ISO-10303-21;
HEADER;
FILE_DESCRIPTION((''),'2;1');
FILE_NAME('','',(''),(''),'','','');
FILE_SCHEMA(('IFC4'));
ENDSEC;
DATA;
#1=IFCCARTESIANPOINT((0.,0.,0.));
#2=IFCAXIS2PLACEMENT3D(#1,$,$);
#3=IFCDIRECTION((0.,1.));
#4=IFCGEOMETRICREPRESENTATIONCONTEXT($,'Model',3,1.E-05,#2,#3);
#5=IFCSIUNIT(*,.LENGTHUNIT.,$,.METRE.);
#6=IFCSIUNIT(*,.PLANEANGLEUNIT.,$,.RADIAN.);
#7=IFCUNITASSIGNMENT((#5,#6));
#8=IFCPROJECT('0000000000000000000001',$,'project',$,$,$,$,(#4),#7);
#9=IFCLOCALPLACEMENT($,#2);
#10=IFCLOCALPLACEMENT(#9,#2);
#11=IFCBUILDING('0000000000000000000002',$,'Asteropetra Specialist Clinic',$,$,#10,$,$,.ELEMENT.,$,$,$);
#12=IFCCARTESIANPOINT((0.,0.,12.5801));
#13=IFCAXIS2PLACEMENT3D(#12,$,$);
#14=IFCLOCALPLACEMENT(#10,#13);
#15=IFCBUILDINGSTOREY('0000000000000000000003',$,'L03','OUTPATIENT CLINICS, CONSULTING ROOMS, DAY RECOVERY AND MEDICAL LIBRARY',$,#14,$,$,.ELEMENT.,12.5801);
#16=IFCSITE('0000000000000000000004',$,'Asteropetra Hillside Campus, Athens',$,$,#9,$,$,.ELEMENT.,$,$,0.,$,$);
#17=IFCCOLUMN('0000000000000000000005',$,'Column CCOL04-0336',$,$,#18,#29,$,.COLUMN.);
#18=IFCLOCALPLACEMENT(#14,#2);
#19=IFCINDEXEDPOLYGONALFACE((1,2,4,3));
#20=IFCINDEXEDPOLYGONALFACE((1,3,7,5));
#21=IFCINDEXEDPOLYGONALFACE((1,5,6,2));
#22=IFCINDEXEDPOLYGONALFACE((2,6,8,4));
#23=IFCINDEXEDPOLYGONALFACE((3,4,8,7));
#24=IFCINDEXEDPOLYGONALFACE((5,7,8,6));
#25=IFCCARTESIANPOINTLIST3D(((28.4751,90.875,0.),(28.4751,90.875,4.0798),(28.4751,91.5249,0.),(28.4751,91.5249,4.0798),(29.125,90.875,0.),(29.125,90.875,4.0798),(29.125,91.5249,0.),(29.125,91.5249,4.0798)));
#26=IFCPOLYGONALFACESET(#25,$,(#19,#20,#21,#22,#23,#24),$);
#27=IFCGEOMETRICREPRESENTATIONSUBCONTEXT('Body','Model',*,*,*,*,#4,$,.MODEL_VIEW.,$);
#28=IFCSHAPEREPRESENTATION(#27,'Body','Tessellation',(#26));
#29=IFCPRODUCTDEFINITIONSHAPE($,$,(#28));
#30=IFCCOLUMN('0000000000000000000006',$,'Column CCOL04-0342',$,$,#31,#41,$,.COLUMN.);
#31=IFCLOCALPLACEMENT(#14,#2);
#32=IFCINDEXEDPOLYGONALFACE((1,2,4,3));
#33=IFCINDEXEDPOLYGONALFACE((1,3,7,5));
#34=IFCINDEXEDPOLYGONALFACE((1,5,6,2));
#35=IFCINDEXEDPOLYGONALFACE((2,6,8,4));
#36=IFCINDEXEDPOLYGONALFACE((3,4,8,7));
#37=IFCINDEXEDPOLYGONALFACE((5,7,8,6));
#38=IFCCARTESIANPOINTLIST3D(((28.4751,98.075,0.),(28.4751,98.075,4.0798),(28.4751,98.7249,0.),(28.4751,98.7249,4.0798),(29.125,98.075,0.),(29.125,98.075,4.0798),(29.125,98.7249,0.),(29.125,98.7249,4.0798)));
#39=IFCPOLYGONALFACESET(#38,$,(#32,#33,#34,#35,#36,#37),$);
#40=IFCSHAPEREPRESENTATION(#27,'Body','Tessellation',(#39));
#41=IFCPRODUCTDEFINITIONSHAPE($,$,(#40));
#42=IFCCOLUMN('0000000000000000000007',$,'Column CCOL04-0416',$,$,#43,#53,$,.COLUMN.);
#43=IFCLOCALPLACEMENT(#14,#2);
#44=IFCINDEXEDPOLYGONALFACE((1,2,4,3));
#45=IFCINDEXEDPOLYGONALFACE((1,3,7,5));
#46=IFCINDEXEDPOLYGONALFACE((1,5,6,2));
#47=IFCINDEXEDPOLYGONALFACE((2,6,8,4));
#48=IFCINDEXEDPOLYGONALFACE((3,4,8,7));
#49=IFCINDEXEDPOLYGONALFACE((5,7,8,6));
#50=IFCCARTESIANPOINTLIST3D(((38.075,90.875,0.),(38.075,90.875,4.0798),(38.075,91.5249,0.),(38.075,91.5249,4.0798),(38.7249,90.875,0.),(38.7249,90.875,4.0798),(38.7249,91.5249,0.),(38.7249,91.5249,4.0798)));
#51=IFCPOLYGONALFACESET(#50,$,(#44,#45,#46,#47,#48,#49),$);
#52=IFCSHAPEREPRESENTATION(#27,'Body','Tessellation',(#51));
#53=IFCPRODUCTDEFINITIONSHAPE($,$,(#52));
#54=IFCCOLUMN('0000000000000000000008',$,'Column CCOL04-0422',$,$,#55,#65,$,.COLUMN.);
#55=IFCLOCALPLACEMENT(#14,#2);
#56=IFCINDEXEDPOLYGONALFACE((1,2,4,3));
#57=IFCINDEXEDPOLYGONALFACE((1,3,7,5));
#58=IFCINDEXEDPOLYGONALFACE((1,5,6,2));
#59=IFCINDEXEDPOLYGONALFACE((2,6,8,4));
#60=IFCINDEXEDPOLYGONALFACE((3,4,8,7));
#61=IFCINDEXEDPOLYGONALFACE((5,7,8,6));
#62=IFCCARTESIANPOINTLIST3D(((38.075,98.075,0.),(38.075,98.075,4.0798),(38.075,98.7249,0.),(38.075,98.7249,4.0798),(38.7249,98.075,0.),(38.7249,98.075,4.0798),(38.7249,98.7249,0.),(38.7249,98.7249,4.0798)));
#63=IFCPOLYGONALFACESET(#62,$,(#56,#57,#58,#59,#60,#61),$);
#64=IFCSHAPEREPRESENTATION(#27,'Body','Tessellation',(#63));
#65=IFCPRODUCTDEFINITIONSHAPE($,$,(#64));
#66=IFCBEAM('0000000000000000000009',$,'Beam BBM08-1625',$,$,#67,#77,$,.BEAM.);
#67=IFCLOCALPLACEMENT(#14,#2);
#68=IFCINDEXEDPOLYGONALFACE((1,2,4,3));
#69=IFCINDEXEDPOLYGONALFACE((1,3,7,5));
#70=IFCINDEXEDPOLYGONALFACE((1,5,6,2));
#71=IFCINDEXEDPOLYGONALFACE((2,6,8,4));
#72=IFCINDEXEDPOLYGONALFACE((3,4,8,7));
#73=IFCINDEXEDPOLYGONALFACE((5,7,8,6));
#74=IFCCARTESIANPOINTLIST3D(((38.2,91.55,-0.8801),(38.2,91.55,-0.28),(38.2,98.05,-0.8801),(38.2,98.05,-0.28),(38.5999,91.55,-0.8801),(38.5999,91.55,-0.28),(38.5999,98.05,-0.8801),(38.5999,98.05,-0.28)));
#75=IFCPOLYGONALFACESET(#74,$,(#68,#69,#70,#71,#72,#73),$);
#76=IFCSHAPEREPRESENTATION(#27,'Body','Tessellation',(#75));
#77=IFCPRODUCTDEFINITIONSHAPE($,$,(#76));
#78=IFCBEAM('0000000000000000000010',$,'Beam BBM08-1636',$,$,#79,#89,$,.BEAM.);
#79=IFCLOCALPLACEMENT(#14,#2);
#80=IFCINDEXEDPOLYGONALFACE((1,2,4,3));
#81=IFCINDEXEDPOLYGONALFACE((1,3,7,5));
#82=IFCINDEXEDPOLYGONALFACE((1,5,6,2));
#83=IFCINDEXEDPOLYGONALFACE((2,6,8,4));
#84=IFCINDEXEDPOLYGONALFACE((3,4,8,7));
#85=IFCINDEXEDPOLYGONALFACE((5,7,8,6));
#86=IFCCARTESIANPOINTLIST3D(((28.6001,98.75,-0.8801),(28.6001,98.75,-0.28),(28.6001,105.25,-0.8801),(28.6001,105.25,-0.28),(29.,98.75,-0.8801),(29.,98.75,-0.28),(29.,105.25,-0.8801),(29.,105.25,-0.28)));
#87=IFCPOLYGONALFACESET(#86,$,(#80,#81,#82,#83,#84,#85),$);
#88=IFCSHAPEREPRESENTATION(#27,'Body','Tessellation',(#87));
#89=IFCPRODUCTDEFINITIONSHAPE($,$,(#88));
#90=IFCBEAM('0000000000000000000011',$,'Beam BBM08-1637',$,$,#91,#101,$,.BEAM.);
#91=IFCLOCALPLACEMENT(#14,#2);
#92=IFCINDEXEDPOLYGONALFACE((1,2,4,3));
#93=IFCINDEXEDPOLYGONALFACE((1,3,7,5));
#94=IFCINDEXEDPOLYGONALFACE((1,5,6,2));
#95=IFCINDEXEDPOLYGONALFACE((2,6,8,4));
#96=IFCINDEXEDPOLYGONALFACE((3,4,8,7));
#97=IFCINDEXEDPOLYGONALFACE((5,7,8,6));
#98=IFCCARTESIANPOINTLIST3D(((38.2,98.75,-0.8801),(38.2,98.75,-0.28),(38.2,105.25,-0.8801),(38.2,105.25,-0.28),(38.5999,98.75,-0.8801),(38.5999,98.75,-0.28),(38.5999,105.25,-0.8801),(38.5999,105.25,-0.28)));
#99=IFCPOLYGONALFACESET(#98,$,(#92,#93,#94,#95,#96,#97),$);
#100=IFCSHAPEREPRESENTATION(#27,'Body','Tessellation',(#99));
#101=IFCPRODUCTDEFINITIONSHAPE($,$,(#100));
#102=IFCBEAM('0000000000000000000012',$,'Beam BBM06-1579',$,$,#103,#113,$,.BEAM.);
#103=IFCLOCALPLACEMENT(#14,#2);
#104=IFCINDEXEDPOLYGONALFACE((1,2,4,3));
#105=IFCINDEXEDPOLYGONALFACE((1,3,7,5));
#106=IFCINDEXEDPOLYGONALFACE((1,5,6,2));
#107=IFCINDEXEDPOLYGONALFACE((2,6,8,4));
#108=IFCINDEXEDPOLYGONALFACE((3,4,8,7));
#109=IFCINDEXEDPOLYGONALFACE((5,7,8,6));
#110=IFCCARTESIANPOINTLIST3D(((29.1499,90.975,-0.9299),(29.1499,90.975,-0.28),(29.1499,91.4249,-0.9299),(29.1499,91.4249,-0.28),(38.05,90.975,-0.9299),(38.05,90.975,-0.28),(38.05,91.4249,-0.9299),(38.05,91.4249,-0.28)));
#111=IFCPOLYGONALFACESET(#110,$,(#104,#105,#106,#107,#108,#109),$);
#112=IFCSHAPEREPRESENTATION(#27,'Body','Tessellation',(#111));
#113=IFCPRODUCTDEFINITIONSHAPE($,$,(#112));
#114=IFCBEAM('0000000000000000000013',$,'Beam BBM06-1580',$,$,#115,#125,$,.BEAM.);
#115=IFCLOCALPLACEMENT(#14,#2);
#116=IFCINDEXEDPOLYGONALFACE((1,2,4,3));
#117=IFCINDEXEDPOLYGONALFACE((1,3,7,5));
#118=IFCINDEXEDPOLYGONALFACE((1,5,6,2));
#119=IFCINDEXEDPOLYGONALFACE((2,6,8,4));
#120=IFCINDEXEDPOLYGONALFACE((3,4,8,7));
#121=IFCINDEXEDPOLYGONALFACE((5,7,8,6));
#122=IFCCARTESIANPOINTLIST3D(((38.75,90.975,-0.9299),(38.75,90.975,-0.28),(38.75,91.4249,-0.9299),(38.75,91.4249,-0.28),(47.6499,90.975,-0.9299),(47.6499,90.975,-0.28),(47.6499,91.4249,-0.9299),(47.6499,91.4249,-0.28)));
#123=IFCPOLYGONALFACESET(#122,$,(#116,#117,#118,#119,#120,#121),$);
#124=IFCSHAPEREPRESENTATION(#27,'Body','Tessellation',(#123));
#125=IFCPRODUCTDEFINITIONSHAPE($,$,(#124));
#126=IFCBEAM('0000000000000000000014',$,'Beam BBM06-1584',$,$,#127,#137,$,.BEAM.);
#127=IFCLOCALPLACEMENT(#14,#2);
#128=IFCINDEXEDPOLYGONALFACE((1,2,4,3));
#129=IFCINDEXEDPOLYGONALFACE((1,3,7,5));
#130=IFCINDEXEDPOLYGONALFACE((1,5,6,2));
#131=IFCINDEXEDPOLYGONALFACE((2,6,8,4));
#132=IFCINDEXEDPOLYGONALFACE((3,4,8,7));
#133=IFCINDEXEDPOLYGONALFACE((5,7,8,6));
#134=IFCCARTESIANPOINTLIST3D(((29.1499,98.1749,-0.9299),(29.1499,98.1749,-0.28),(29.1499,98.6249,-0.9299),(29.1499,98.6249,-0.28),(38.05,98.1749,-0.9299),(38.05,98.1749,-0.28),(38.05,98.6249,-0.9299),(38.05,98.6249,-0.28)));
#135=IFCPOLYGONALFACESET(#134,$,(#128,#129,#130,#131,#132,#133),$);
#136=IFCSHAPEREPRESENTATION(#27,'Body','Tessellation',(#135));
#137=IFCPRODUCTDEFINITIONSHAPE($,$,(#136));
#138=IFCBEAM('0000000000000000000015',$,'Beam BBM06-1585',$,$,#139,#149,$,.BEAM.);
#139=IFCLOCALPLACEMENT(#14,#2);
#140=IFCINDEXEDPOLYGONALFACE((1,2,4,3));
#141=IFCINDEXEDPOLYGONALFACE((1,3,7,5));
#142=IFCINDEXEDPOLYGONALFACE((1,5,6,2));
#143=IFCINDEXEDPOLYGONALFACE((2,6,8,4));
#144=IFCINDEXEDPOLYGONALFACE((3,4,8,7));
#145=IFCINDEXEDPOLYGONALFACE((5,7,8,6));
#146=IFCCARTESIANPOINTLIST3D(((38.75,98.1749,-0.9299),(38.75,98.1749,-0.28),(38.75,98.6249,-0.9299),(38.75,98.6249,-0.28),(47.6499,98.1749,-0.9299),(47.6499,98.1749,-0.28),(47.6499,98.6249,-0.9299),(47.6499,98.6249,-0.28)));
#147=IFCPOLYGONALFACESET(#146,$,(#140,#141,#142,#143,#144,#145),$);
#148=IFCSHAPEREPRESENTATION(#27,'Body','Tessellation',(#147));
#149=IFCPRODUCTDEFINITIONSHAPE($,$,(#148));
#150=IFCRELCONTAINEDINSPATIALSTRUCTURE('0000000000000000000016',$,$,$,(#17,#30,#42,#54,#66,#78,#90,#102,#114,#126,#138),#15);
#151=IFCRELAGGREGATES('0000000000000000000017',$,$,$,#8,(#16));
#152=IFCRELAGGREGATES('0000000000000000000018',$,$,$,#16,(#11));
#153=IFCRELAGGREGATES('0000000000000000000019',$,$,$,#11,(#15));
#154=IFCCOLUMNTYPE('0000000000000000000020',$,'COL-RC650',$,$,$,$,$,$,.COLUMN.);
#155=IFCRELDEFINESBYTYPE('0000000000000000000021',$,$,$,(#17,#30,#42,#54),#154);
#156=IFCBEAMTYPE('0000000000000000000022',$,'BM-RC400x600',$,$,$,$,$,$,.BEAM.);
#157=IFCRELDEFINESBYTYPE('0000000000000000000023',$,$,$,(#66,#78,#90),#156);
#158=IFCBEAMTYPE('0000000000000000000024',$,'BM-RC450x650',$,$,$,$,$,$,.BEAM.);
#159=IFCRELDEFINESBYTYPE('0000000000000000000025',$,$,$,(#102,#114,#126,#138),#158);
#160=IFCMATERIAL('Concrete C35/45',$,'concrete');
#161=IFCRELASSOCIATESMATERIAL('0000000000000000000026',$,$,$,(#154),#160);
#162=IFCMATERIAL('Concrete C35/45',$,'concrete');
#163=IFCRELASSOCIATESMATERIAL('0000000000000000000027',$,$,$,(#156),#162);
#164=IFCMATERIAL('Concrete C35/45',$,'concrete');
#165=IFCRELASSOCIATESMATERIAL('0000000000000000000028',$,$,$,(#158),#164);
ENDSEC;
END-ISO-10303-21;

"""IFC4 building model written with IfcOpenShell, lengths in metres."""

from ifc_helpers import new_model, si_unit, direction, frame, origin, origin_2d, place, context, subcontext, project, spatial, rectangle, extrude, material, material_profile, profile_set, type_object, element, save


model = new_model("IFC4")

# Units and contexts
model_context = context("Model", 3, precision=1e-05, world=origin(), true_north=direction((0.0, 1.0)))
body_context = subcontext(model_context, "Body", "Model", "MODEL_VIEW")
ifc_project = project(units=[si_unit("LENGTHUNIT", "METRE"), si_unit("PLANEANGLEUNIT", "RADIAN")], contexts=[model_context])

# Site, building, storey
site_placement = place(None, origin())
site = spatial("IfcSite", under=ifc_project, at=site_placement, Name="Asteropetra Hillside Campus, Athens", CompositionType="ELEMENT", RefElevation=0.0)
building_placement = place(site_placement, origin())
building = spatial("IfcBuilding", under=site, at=building_placement, Name="Asteropetra Specialist Clinic", CompositionType="ELEMENT")
storey_placement = place(building_placement, frame((0.0, 0.0, 12.5801)))
storey = spatial("IfcBuildingStorey", under=building, at=storey_placement, Name="L03", Description="OUTPATIENT CLINICS, CONSULTING ROOMS, DAY RECOVERY AND MEDICAL LIBRARY", CompositionType="ELEMENT", Elevation=12.5801)

# Columns
ifc_material_1 = material(Name="Concrete C35/45", Category="concrete")
ifc_material_profile_1 = material_profile(ifc_material_1, rectangle(XDim=0.6499, YDim=0.6499, at=origin_2d()), Name="RC 650x650")
ifc_profile_set_1 = profile_set([ifc_material_profile_1], Name="Concrete C35/45")
column_type = type_object("IfcColumnType", Name="COL-RC650", PredefinedType="COLUMN", material=ifc_profile_set_1)
for number, where, z_axis, x_axis, name in (
    (1, (28.8, 91.2, 0.0), (0.0, 0.0, 1.0), (1.0, 0.0, 0.0), "Column CCOL04-0336"),
    (2, (28.8, 98.3999, 0.0), (0.0, 0.0, 1.0), (1.0, 0.0, 0.0), "Column CCOL04-0342"),
    (3, (38.3999, 91.2, 0.0), (0.0, 0.0, 1.0), (1.0, 0.0, 0.0), "Column CCOL04-0416"),
    (4, (38.3999, 98.3999, 0.0), (0.0, 0.0, 1.0), (1.0, 0.0, 0.0), "Column CCOL04-0422"),
):
    element("IfcColumn", number, at=place(storey_placement, frame(where, z_axis=z_axis, x_axis=x_axis)), inside=storey, type_object=column_type, Name=name, PredefinedType="COLUMN", context=body_context, shape_type="SweptSolid", body=[
        extrude(rectangle(XDim=0.6499, YDim=0.6499, at=origin_2d()), origin(), (0.0, 0.0, 1.0), 4.0798),
    ])

# Beams
ifc_material_2 = material(Name="Concrete C35/45", Category="concrete")
ifc_material_profile_2 = material_profile(ifc_material_2, rectangle(XDim=0.3999, YDim=0.6001, at=origin_2d()), Name="RCB 400x600")
ifc_profile_set_2 = profile_set([ifc_material_profile_2], Name="Concrete C35/45")
beam_type_1 = type_object("IfcBeamType", Name="BM-RC400x600", PredefinedType="BEAM", material=ifc_profile_set_2)
for number, where, z_axis, x_axis, name in (
    (5, (38.3999, 91.55, -0.5801), (0.0, 1.0, 0.0), (-1.0, 0.0, 0.0), "Beam BBM08-1625"),
    (6, (28.8, 98.75, -0.5801), (0.0, 1.0, 0.0), (-1.0, 0.0, 0.0), "Beam BBM08-1636"),
    (7, (38.3999, 98.75, -0.5801), (0.0, 1.0, 0.0), (-1.0, 0.0, 0.0), "Beam BBM08-1637"),
):
    element("IfcBeam", number, at=place(storey_placement, frame(where, z_axis=z_axis, x_axis=x_axis)), inside=storey, type_object=beam_type_1, Name=name, PredefinedType="BEAM", context=body_context, shape_type="SweptSolid", body=[
        extrude(rectangle(XDim=0.3999, YDim=0.6001, at=origin_2d()), origin(), (0.0, 0.0, 1.0), 6.5),
    ])
ifc_material_3 = material(Name="Concrete C35/45", Category="concrete")
ifc_material_profile_3 = material_profile(ifc_material_3, rectangle(XDim=0.45, YDim=0.6499, at=origin_2d()), Name="RCB 450x650")
ifc_profile_set_3 = profile_set([ifc_material_profile_3], Name="Concrete C35/45")
beam_type_2 = type_object("IfcBeamType", Name="BM-RC450x650", PredefinedType="BEAM", material=ifc_profile_set_3)
beam_1_placement = place(storey_placement, frame((29.1499, 91.2, -0.605), z_axis=(1.0, 0.0, 0.0), x_axis=(0.0, 1.0, 0.0)))
element("IfcBeam", 8, at=beam_1_placement, inside=storey, type_object=beam_type_2, Name="Beam BBM06-1579", PredefinedType="BEAM", context=body_context, shape_type="SweptSolid", body=[
    extrude(rectangle(XDim=0.45, YDim=0.6499, at=origin_2d()), origin(), (0.0, 0.0, 1.0), 8.9001),
])
beam_2_placement = place(storey_placement, frame((38.75, 91.2, -0.605), z_axis=(1.0, 0.0, 0.0), x_axis=(0.0, 1.0, 0.0)))
element("IfcBeam", 9, at=beam_2_placement, inside=storey, type_object=beam_type_2, Name="Beam BBM06-1580", PredefinedType="BEAM", context=body_context, shape_type="SweptSolid", body=[
    extrude(rectangle(XDim=0.45, YDim=0.6499, at=origin_2d()), origin(), (0.0, 0.0, 1.0), 8.8999),
])
beam_3_placement = place(storey_placement, frame((29.1499, 98.3999, -0.605), z_axis=(1.0, 0.0, 0.0), x_axis=(0.0, 1.0, 0.0)))
element("IfcBeam", 10, at=beam_3_placement, inside=storey, type_object=beam_type_2, Name="Beam BBM06-1584", PredefinedType="BEAM", context=body_context, shape_type="SweptSolid", body=[
    extrude(rectangle(XDim=0.45, YDim=0.6499, at=origin_2d()), origin(), (0.0, 0.0, 1.0), 8.9001),
])
beam_4_placement = place(storey_placement, frame((38.75, 98.3999, -0.605), z_axis=(1.0, 0.0, 0.0), x_axis=(0.0, 1.0, 0.0)))
element("IfcBeam", 11, at=beam_4_placement, inside=storey, type_object=beam_type_2, Name="Beam BBM06-1585", PredefinedType="BEAM", context=body_context, shape_type="SweptSolid", body=[
    extrude(rectangle(XDim=0.45, YDim=0.6499, at=origin_2d()), origin(), (0.0, 0.0, 1.0), 8.8999),
])

save(model, "model.ifc")
